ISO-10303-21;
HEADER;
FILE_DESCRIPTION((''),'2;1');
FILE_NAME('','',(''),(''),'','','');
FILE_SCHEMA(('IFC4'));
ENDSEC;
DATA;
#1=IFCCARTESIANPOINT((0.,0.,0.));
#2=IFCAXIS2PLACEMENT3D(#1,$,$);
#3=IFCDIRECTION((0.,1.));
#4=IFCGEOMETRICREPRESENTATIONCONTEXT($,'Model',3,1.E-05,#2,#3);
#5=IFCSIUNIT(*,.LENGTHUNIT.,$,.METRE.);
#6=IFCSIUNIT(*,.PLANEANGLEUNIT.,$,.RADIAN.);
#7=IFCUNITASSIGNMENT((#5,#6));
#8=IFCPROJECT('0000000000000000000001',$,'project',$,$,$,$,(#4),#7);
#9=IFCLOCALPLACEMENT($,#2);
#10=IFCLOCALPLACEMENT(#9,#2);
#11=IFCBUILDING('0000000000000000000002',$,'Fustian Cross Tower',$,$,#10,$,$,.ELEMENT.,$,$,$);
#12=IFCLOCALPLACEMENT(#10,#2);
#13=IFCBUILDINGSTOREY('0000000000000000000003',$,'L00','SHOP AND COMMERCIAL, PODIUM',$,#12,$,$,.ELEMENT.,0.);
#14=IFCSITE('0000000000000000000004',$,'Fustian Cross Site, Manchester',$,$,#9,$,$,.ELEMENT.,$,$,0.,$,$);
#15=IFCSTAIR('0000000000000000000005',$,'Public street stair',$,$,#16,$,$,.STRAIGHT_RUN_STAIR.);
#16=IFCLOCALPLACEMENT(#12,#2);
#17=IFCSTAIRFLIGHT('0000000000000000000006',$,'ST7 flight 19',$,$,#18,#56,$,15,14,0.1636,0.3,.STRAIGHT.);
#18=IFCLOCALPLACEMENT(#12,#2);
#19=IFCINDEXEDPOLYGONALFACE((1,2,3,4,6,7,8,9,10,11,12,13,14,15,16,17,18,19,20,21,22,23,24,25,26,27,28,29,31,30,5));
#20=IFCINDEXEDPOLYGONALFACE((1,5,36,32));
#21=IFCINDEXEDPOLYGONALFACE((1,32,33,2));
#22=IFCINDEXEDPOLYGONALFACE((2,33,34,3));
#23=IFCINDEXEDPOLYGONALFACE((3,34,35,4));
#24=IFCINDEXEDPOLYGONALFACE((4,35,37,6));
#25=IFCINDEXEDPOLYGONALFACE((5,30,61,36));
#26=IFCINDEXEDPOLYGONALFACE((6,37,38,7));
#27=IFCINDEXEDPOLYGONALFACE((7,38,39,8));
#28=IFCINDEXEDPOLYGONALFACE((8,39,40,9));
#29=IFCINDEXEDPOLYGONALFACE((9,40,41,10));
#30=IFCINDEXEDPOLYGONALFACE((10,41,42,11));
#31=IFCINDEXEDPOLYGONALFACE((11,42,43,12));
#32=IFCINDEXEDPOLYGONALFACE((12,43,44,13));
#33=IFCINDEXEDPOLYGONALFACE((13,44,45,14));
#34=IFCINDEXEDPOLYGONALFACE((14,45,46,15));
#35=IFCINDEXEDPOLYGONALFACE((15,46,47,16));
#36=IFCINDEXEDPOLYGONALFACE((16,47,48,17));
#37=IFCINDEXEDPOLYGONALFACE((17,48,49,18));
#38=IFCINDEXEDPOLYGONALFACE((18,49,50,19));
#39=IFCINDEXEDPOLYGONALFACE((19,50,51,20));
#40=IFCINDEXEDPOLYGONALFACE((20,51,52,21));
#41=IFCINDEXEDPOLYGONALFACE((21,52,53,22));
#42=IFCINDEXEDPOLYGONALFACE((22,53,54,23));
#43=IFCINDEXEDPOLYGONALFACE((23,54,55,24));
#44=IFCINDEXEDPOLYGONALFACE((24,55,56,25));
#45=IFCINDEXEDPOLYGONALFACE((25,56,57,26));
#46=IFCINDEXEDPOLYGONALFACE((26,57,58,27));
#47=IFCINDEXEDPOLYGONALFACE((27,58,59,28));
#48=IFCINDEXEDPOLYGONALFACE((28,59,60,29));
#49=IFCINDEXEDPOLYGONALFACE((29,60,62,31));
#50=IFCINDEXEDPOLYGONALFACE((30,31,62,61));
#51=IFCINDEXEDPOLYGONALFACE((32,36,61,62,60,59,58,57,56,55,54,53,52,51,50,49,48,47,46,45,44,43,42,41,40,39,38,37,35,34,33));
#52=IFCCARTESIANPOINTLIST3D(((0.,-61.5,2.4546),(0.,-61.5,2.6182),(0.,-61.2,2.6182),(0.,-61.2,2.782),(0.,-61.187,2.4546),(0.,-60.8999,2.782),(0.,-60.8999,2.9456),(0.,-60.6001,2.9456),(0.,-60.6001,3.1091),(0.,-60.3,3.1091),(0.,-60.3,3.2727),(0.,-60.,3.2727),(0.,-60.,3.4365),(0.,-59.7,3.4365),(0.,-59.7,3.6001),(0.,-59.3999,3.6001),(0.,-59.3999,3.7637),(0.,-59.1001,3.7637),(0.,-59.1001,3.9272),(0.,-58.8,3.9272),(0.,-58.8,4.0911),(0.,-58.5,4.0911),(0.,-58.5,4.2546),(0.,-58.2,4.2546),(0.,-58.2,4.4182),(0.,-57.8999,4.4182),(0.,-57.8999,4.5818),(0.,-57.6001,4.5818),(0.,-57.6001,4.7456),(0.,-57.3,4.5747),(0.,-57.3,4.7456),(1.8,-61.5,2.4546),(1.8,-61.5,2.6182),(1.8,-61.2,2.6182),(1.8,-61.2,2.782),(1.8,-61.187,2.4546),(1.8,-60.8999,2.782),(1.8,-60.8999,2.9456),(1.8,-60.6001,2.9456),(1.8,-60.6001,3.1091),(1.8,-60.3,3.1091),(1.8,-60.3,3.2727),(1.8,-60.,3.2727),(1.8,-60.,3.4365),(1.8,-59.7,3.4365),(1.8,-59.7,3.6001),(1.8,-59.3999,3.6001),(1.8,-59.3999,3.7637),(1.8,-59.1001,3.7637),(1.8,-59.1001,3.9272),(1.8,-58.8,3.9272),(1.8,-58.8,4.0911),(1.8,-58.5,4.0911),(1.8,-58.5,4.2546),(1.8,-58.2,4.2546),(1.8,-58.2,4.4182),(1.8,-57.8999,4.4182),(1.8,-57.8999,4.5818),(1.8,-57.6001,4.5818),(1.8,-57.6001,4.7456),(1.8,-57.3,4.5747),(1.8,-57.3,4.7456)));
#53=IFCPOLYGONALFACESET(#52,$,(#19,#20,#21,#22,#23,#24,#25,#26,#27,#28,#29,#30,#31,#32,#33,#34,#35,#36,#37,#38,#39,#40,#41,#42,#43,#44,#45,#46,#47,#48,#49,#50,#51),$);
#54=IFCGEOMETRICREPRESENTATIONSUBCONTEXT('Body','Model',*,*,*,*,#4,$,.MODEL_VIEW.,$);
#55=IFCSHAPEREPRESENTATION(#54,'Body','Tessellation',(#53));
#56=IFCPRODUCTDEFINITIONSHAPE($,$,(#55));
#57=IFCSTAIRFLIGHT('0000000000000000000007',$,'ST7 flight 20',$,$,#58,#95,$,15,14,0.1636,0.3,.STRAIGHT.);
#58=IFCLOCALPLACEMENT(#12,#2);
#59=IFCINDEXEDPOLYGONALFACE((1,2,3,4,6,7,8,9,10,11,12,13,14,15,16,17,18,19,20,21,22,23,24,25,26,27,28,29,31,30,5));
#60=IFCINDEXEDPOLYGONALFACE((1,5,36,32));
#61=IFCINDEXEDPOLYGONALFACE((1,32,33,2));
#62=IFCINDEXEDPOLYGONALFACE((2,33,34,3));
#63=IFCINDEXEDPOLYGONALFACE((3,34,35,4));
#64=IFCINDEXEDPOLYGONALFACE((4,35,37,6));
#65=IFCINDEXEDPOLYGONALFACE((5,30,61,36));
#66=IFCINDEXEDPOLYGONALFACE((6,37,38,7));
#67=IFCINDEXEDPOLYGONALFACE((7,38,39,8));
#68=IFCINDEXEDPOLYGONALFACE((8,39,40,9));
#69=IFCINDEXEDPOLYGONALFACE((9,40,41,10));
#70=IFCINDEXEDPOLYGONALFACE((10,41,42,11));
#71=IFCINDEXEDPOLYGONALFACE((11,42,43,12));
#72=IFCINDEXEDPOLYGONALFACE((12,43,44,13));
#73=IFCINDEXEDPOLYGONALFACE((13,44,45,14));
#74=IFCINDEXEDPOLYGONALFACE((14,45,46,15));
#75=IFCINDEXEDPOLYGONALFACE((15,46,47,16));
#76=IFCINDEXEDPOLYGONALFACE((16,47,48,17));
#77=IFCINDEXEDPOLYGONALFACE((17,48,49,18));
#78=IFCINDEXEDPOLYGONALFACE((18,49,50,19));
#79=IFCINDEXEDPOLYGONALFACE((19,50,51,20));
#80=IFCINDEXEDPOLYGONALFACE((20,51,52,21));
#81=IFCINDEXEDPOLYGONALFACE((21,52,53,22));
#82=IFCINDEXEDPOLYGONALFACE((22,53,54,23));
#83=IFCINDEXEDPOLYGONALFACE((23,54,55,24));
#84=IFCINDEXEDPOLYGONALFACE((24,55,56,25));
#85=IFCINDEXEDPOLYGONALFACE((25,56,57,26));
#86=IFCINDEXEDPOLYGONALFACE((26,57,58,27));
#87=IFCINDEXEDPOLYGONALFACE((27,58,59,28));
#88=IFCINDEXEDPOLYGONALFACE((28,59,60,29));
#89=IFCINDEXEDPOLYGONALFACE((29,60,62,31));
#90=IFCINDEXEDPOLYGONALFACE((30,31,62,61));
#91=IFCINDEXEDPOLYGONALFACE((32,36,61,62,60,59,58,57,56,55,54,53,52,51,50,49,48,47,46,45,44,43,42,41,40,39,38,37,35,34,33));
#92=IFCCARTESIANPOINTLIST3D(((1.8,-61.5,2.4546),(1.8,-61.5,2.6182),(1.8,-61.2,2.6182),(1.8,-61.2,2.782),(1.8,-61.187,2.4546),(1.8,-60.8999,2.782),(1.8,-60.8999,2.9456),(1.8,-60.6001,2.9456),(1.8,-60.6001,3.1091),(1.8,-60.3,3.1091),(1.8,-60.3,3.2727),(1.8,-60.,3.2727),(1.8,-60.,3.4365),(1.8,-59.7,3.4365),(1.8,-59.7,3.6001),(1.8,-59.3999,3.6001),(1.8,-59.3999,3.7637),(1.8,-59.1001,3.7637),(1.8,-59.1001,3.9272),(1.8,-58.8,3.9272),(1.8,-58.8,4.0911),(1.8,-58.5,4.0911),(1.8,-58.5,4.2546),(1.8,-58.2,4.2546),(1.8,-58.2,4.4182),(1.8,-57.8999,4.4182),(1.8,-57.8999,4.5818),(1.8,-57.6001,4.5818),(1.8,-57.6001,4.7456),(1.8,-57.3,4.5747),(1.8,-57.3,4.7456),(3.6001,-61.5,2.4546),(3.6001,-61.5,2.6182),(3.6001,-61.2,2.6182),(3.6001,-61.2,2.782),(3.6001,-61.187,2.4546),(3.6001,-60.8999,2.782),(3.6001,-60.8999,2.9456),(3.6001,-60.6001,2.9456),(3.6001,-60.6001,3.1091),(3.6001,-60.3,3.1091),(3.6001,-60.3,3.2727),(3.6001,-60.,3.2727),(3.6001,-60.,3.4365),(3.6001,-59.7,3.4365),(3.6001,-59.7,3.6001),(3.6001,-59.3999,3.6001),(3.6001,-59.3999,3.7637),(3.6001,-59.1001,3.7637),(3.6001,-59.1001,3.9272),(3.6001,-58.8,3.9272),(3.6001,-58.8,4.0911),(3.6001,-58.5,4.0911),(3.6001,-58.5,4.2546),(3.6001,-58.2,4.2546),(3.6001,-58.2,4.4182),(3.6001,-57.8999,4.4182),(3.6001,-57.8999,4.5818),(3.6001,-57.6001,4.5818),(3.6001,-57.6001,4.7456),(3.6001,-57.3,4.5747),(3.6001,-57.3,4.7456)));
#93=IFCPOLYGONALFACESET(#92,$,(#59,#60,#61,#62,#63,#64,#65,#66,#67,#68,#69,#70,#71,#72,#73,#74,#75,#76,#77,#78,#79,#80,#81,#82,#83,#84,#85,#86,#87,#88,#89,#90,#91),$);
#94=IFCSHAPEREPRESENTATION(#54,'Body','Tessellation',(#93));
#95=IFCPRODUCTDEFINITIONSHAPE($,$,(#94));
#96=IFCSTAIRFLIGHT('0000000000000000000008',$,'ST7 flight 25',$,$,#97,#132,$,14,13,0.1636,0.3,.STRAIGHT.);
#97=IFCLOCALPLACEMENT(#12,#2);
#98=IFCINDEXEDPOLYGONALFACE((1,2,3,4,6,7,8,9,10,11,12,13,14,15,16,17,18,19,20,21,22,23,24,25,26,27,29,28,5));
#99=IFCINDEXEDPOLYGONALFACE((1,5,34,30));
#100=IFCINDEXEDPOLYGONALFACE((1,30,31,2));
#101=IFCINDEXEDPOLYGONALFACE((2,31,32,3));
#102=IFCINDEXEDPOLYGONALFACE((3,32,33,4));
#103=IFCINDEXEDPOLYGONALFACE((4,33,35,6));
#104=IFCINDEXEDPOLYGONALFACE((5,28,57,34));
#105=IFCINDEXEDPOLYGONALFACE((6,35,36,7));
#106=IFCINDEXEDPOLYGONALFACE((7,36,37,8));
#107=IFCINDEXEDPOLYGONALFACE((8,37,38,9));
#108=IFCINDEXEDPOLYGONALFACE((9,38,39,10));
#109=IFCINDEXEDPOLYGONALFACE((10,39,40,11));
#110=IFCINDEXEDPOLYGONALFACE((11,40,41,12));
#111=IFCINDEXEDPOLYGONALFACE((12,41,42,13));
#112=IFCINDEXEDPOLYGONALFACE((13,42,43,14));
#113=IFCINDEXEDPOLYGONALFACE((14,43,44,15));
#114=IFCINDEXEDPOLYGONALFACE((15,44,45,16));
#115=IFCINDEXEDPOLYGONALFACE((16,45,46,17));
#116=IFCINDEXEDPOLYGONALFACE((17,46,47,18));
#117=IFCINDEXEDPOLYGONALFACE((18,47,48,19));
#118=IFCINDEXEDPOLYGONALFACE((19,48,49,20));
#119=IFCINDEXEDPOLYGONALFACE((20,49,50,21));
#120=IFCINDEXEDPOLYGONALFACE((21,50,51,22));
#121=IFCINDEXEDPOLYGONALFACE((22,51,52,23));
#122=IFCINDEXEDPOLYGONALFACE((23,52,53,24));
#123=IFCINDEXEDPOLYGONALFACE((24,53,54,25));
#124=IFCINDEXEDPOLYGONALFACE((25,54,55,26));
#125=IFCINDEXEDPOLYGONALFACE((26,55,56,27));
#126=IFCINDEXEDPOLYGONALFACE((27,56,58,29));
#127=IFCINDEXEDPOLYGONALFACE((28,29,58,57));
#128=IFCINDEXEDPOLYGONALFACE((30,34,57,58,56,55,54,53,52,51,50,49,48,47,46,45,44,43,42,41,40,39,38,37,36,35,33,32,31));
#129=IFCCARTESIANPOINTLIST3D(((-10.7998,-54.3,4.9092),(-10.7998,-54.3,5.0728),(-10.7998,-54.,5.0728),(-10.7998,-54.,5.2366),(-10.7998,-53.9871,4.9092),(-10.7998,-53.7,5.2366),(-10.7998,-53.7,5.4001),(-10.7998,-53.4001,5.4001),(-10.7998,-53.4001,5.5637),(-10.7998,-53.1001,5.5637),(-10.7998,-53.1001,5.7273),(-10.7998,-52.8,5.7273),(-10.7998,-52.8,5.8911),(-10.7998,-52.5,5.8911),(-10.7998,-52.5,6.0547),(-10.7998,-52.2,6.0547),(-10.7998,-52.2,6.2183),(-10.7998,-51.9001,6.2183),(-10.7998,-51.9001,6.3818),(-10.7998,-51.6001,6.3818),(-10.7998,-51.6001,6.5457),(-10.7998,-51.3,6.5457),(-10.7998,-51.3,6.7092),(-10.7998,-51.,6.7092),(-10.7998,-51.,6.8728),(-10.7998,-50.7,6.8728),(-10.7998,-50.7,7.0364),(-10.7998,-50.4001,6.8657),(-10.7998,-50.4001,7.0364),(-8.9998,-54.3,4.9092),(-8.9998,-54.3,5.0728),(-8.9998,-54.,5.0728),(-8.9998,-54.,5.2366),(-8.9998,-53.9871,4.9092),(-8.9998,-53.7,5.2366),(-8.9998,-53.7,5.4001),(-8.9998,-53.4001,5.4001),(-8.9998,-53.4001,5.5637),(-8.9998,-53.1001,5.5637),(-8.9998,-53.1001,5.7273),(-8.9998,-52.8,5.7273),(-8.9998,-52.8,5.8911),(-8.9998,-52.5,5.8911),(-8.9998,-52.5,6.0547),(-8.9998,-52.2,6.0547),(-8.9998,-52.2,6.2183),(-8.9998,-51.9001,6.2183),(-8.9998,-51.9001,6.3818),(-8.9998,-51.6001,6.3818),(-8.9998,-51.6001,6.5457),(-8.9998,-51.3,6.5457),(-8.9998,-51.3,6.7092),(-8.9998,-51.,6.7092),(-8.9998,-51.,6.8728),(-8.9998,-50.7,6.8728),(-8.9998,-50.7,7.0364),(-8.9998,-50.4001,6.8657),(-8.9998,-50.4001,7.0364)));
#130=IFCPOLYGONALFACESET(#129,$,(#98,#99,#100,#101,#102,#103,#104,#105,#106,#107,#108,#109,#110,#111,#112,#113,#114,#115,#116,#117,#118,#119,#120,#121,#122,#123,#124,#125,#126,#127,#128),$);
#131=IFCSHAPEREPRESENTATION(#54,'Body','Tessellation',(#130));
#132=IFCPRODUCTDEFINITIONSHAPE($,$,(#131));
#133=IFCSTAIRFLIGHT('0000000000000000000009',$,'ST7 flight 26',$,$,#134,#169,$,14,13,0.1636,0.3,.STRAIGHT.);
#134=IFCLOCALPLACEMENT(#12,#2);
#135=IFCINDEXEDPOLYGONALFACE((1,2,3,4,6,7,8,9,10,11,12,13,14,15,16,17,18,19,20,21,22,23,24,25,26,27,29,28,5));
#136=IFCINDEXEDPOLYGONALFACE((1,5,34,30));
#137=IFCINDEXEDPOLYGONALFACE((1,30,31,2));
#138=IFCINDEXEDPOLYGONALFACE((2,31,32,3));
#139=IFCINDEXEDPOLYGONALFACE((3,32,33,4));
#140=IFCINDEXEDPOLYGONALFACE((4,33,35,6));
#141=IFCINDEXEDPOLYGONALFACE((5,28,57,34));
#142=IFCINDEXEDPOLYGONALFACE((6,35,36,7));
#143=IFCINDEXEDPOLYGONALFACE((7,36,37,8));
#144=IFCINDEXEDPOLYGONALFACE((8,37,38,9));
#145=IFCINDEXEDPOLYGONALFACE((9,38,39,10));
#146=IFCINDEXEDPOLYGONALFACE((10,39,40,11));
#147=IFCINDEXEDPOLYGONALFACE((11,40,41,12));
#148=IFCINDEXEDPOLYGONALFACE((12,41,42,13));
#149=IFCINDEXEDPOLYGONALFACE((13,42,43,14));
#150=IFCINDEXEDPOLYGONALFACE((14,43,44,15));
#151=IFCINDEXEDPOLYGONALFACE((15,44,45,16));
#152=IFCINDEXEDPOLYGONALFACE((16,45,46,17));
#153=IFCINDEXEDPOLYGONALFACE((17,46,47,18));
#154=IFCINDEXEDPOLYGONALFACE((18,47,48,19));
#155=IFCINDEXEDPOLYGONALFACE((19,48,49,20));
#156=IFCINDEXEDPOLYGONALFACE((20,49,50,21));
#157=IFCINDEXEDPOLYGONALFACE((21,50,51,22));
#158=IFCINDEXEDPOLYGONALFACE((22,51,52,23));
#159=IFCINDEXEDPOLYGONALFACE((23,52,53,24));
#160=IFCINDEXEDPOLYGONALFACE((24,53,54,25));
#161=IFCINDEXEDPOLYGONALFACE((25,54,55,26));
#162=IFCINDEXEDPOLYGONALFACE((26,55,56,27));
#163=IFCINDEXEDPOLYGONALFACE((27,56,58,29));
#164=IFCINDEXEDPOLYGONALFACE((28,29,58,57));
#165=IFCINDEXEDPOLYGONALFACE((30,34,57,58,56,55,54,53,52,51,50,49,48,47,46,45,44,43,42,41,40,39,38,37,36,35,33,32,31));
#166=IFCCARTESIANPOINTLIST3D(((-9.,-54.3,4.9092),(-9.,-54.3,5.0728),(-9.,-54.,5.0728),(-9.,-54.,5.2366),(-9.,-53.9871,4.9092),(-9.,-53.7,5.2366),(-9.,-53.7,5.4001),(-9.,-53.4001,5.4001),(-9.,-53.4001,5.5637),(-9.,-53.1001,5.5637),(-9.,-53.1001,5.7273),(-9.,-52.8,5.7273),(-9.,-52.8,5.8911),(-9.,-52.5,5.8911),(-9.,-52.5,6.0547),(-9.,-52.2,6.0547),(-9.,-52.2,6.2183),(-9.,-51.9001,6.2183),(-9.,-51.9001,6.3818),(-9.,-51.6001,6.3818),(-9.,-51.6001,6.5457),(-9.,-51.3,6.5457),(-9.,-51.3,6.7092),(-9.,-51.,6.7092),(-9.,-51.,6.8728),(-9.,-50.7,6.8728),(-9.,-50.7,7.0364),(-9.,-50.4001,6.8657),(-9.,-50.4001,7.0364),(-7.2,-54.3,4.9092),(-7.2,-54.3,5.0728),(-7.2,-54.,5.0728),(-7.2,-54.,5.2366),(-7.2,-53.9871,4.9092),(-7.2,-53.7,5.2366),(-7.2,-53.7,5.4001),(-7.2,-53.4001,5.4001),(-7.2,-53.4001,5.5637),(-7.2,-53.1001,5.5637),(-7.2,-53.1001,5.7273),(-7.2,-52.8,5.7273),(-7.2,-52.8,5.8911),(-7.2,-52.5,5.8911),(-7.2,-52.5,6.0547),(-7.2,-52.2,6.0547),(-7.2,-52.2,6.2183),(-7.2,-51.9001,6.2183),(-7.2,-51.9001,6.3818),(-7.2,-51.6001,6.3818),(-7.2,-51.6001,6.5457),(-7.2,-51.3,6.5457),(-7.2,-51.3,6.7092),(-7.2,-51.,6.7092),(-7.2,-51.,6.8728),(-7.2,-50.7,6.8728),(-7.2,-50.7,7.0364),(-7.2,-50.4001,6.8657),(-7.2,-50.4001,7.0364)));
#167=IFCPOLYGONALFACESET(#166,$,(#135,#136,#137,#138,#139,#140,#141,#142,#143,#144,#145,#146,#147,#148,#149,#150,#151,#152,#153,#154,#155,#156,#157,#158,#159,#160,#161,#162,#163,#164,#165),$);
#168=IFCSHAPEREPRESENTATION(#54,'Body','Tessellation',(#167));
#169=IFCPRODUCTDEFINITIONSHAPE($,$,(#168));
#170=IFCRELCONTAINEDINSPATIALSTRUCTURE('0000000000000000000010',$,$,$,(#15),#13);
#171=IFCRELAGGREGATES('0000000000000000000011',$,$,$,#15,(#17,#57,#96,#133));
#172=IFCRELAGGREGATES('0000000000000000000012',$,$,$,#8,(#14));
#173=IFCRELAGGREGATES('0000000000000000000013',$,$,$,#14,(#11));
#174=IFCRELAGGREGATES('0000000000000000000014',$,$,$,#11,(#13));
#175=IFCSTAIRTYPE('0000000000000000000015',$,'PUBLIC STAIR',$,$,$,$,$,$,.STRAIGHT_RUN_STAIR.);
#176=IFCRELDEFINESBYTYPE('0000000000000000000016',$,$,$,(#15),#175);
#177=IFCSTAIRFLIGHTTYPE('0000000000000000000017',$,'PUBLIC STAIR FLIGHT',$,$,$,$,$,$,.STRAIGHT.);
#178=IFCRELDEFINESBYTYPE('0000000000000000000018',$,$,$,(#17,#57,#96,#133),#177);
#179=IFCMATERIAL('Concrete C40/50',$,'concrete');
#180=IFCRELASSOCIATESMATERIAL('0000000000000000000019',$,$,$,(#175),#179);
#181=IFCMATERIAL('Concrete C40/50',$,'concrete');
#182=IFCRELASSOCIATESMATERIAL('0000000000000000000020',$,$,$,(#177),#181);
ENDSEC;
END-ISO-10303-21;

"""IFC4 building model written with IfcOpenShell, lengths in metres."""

from ifc_helpers import new_model, si_unit, direction, frame, origin, place, context, subcontext, project, spatial, polyline, outline, extrude, material, type_object, element, aggregate, save


model = new_model("IFC4")

# Units and contexts
model_context = context("Model", 3, precision=1e-05, world=origin(), true_north=direction((0.0, 1.0)))
body_context = subcontext(model_context, "Body", "Model", "MODEL_VIEW")
ifc_project = project(units=[si_unit("LENGTHUNIT", "METRE"), si_unit("PLANEANGLEUNIT", "RADIAN")], contexts=[model_context])

# Site, building, storey
site_placement = place(None, origin())
site = spatial("IfcSite", under=ifc_project, at=site_placement, Name="Fustian Cross Site, Manchester", CompositionType="ELEMENT", RefElevation=0.0)
building_placement = place(site_placement, origin())
building = spatial("IfcBuilding", under=site, at=building_placement, Name="Fustian Cross Tower", CompositionType="ELEMENT")
storey_placement = place(building_placement, origin())
storey = spatial("IfcBuildingStorey", under=building, at=storey_placement, Name="L00", Description="SHOP AND COMMERCIAL, PODIUM", CompositionType="ELEMENT", Elevation=0.0)

# Stair, stair flights
ifc_material_1 = material(Name="Concrete C40/50", Category="concrete")
stair_type = type_object("IfcStairType", Name="PUBLIC STAIR", PredefinedType="STRAIGHT_RUN_STAIR", material=ifc_material_1)
stair_placement = place(storey_placement, origin())
stair = element("IfcStair", 1, at=stair_placement, inside=storey, type_object=stair_type, Name="Public street stair", PredefinedType="STRAIGHT_RUN_STAIR")
ifc_material_2 = material(Name="Concrete C40/50", Category="concrete")
stair_flight_type = type_object("IfcStairFlightType", Name="PUBLIC STAIR FLIGHT", PredefinedType="STRAIGHT", material=ifc_material_2)
stair_flight_1_placement = place(storey_placement, frame((0.8999, -61.5, 2.4546), z_axis=(0.0, 0.0, 1.0), x_axis=(0.0, 1.0, 0.0)))
stair_flight_1 = element("IfcStairFlight", 2, at=stair_flight_1_placement, type_object=stair_flight_type, Name="ST7 flight 19", NumberOfRisers=15, NumberOfTreads=14, PredefinedType="STRAIGHT", RiserHeight=0.1636, TreadLength=0.3, context=body_context, shape_type="SweptSolid", body=[
    extrude(outline(polyline([(0.0, 0.0), (0.0, 0.1636), (0.3, 0.1636), (0.3, 0.3274), (0.6001, 0.3274), (0.6001, 0.491), (0.8999, 0.491), (0.8999, 0.6545), (1.2, 0.6545), (1.2, 0.8181), (1.5, 0.8181), (1.5, 0.9819), (1.8, 0.9819), (1.8, 1.1455), (2.1001, 1.1455), (2.1001, 1.3091), (2.3999, 1.3091), (2.3999, 1.4727), (2.7, 1.4727), (2.7, 1.6365), (3.0, 1.6365), (3.0, 1.8), (3.3, 1.8), (3.3, 1.9636), (3.6001, 1.9636), (3.6001, 2.1272), (3.8999, 2.1272), (3.8999, 2.291), (4.2, 2.291), (4.2, 2.4546), (4.2, 2.1201), (0.313, 0.0), (0.0, 0.0)])), frame((0.0, 0.8999, 0.0), z_axis=(0.0, -1.0, 0.0), x_axis=(1.0, 0.0, 0.0)), (0.0, 0.0, 1.0), 1.8),
])
stair_flight_2_placement = place(storey_placement, frame((2.7, -61.5, 2.4546), z_axis=(0.0, 0.0, 1.0), x_axis=(0.0, 1.0, 0.0)))
stair_flight_2 = element("IfcStairFlight", 3, at=stair_flight_2_placement, type_object=stair_flight_type, Name="ST7 flight 20", NumberOfRisers=15, NumberOfTreads=14, PredefinedType="STRAIGHT", RiserHeight=0.1636, TreadLength=0.3, context=body_context, shape_type="SweptSolid", body=[
    extrude(outline(polyline([(0.0, 0.0), (0.0, 0.1636), (0.3, 0.1636), (0.3, 0.3274), (0.6001, 0.3274), (0.6001, 0.491), (0.8999, 0.491), (0.8999, 0.6545), (1.2, 0.6545), (1.2, 0.8181), (1.5, 0.8181), (1.5, 0.9819), (1.8, 0.9819), (1.8, 1.1455), (2.1001, 1.1455), (2.1001, 1.3091), (2.3999, 1.3091), (2.3999, 1.4727), (2.7, 1.4727), (2.7, 1.6365), (3.0, 1.6365), (3.0, 1.8), (3.3, 1.8), (3.3, 1.9636), (3.6001, 1.9636), (3.6001, 2.1272), (3.8999, 2.1272), (3.8999, 2.291), (4.2, 2.291), (4.2, 2.4546), (4.2, 2.1201), (0.313, 0.0), (0.0, 0.0)])), frame((0.0, 0.8999, 0.0), z_axis=(0.0, -1.0, 0.0), x_axis=(1.0, 0.0, 0.0)), (0.0, 0.0, 1.0), 1.8),
])
stair_flight_3_placement = place(storey_placement, frame((-9.8999, -54.3, 4.9092), z_axis=(0.0, 0.0, 1.0), x_axis=(0.0, 1.0, 0.0)))
stair_flight_3 = element("IfcStairFlight", 4, at=stair_flight_3_placement, type_object=stair_flight_type, Name="ST7 flight 25", NumberOfRisers=14, NumberOfTreads=13, PredefinedType="STRAIGHT", RiserHeight=0.1636, TreadLength=0.3, context=body_context, shape_type="SweptSolid", body=[
    extrude(outline(polyline([(0.0, 0.0), (0.0, 0.1636), (0.3, 0.1636), (0.3, 0.3274), (0.6001, 0.3274), (0.6001, 0.491), (0.8999, 0.491), (0.8999, 0.6545), (1.2, 0.6545), (1.2, 0.8181), (1.5, 0.8181), (1.5, 0.9819), (1.8, 0.9819), (1.8, 1.1455), (2.1001, 1.1455), (2.1001, 1.3091), (2.3999, 1.3091), (2.3999, 1.4727), (2.7, 1.4727), (2.7, 1.6365), (3.0, 1.6365), (3.0, 1.8), (3.3, 1.8), (3.3, 1.9636), (3.6001, 1.9636), (3.6001, 2.1272), (3.8999, 2.1272), (3.8999, 2.291), (3.8999, 1.9565), (0.313, 0.0), (0.0, 0.0)])), frame((0.0, 0.8999, 0.0), z_axis=(0.0, -1.0, 0.0), x_axis=(1.0, 0.0, 0.0)), (0.0, 0.0, 1.0), 1.8),
])
stair_flight_4_placement = place(storey_placement, frame((-8.1001, -54.3, 4.9092), z_axis=(0.0, 0.0, 1.0), x_axis=(0.0, 1.0, 0.0)))
stair_flight_4 = element("IfcStairFlight", 5, at=stair_flight_4_placement, type_object=stair_flight_type, Name="ST7 flight 26", NumberOfRisers=14, NumberOfTreads=13, PredefinedType="STRAIGHT", RiserHeight=0.1636, TreadLength=0.3, context=body_context, shape_type="SweptSolid", body=[
    extrude(outline(polyline([(0.0, 0.0), (0.0, 0.1636), (0.3, 0.1636), (0.3, 0.3274), (0.6001, 0.3274), (0.6001, 0.491), (0.8999, 0.491), (0.8999, 0.6545), (1.2, 0.6545), (1.2, 0.8181), (1.5, 0.8181), (1.5, 0.9819), (1.8, 0.9819), (1.8, 1.1455), (2.1001, 1.1455), (2.1001, 1.3091), (2.3999, 1.3091), (2.3999, 1.4727), (2.7, 1.4727), (2.7, 1.6365), (3.0, 1.6365), (3.0, 1.8), (3.3, 1.8), (3.3, 1.9636), (3.6001, 1.9636), (3.6001, 2.1272), (3.8999, 2.1272), (3.8999, 2.291), (3.8999, 1.9565), (0.313, 0.0), (0.0, 0.0)])), frame((0.0, 0.8999, 0.0), z_axis=(0.0, -1.0, 0.0), x_axis=(1.0, 0.0, 0.0)), (0.0, 0.0, 1.0), 1.8),
])
aggregate(stair, [stair_flight_1, stair_flight_2, stair_flight_3, stair_flight_4])

save(model, "model.ifc")
